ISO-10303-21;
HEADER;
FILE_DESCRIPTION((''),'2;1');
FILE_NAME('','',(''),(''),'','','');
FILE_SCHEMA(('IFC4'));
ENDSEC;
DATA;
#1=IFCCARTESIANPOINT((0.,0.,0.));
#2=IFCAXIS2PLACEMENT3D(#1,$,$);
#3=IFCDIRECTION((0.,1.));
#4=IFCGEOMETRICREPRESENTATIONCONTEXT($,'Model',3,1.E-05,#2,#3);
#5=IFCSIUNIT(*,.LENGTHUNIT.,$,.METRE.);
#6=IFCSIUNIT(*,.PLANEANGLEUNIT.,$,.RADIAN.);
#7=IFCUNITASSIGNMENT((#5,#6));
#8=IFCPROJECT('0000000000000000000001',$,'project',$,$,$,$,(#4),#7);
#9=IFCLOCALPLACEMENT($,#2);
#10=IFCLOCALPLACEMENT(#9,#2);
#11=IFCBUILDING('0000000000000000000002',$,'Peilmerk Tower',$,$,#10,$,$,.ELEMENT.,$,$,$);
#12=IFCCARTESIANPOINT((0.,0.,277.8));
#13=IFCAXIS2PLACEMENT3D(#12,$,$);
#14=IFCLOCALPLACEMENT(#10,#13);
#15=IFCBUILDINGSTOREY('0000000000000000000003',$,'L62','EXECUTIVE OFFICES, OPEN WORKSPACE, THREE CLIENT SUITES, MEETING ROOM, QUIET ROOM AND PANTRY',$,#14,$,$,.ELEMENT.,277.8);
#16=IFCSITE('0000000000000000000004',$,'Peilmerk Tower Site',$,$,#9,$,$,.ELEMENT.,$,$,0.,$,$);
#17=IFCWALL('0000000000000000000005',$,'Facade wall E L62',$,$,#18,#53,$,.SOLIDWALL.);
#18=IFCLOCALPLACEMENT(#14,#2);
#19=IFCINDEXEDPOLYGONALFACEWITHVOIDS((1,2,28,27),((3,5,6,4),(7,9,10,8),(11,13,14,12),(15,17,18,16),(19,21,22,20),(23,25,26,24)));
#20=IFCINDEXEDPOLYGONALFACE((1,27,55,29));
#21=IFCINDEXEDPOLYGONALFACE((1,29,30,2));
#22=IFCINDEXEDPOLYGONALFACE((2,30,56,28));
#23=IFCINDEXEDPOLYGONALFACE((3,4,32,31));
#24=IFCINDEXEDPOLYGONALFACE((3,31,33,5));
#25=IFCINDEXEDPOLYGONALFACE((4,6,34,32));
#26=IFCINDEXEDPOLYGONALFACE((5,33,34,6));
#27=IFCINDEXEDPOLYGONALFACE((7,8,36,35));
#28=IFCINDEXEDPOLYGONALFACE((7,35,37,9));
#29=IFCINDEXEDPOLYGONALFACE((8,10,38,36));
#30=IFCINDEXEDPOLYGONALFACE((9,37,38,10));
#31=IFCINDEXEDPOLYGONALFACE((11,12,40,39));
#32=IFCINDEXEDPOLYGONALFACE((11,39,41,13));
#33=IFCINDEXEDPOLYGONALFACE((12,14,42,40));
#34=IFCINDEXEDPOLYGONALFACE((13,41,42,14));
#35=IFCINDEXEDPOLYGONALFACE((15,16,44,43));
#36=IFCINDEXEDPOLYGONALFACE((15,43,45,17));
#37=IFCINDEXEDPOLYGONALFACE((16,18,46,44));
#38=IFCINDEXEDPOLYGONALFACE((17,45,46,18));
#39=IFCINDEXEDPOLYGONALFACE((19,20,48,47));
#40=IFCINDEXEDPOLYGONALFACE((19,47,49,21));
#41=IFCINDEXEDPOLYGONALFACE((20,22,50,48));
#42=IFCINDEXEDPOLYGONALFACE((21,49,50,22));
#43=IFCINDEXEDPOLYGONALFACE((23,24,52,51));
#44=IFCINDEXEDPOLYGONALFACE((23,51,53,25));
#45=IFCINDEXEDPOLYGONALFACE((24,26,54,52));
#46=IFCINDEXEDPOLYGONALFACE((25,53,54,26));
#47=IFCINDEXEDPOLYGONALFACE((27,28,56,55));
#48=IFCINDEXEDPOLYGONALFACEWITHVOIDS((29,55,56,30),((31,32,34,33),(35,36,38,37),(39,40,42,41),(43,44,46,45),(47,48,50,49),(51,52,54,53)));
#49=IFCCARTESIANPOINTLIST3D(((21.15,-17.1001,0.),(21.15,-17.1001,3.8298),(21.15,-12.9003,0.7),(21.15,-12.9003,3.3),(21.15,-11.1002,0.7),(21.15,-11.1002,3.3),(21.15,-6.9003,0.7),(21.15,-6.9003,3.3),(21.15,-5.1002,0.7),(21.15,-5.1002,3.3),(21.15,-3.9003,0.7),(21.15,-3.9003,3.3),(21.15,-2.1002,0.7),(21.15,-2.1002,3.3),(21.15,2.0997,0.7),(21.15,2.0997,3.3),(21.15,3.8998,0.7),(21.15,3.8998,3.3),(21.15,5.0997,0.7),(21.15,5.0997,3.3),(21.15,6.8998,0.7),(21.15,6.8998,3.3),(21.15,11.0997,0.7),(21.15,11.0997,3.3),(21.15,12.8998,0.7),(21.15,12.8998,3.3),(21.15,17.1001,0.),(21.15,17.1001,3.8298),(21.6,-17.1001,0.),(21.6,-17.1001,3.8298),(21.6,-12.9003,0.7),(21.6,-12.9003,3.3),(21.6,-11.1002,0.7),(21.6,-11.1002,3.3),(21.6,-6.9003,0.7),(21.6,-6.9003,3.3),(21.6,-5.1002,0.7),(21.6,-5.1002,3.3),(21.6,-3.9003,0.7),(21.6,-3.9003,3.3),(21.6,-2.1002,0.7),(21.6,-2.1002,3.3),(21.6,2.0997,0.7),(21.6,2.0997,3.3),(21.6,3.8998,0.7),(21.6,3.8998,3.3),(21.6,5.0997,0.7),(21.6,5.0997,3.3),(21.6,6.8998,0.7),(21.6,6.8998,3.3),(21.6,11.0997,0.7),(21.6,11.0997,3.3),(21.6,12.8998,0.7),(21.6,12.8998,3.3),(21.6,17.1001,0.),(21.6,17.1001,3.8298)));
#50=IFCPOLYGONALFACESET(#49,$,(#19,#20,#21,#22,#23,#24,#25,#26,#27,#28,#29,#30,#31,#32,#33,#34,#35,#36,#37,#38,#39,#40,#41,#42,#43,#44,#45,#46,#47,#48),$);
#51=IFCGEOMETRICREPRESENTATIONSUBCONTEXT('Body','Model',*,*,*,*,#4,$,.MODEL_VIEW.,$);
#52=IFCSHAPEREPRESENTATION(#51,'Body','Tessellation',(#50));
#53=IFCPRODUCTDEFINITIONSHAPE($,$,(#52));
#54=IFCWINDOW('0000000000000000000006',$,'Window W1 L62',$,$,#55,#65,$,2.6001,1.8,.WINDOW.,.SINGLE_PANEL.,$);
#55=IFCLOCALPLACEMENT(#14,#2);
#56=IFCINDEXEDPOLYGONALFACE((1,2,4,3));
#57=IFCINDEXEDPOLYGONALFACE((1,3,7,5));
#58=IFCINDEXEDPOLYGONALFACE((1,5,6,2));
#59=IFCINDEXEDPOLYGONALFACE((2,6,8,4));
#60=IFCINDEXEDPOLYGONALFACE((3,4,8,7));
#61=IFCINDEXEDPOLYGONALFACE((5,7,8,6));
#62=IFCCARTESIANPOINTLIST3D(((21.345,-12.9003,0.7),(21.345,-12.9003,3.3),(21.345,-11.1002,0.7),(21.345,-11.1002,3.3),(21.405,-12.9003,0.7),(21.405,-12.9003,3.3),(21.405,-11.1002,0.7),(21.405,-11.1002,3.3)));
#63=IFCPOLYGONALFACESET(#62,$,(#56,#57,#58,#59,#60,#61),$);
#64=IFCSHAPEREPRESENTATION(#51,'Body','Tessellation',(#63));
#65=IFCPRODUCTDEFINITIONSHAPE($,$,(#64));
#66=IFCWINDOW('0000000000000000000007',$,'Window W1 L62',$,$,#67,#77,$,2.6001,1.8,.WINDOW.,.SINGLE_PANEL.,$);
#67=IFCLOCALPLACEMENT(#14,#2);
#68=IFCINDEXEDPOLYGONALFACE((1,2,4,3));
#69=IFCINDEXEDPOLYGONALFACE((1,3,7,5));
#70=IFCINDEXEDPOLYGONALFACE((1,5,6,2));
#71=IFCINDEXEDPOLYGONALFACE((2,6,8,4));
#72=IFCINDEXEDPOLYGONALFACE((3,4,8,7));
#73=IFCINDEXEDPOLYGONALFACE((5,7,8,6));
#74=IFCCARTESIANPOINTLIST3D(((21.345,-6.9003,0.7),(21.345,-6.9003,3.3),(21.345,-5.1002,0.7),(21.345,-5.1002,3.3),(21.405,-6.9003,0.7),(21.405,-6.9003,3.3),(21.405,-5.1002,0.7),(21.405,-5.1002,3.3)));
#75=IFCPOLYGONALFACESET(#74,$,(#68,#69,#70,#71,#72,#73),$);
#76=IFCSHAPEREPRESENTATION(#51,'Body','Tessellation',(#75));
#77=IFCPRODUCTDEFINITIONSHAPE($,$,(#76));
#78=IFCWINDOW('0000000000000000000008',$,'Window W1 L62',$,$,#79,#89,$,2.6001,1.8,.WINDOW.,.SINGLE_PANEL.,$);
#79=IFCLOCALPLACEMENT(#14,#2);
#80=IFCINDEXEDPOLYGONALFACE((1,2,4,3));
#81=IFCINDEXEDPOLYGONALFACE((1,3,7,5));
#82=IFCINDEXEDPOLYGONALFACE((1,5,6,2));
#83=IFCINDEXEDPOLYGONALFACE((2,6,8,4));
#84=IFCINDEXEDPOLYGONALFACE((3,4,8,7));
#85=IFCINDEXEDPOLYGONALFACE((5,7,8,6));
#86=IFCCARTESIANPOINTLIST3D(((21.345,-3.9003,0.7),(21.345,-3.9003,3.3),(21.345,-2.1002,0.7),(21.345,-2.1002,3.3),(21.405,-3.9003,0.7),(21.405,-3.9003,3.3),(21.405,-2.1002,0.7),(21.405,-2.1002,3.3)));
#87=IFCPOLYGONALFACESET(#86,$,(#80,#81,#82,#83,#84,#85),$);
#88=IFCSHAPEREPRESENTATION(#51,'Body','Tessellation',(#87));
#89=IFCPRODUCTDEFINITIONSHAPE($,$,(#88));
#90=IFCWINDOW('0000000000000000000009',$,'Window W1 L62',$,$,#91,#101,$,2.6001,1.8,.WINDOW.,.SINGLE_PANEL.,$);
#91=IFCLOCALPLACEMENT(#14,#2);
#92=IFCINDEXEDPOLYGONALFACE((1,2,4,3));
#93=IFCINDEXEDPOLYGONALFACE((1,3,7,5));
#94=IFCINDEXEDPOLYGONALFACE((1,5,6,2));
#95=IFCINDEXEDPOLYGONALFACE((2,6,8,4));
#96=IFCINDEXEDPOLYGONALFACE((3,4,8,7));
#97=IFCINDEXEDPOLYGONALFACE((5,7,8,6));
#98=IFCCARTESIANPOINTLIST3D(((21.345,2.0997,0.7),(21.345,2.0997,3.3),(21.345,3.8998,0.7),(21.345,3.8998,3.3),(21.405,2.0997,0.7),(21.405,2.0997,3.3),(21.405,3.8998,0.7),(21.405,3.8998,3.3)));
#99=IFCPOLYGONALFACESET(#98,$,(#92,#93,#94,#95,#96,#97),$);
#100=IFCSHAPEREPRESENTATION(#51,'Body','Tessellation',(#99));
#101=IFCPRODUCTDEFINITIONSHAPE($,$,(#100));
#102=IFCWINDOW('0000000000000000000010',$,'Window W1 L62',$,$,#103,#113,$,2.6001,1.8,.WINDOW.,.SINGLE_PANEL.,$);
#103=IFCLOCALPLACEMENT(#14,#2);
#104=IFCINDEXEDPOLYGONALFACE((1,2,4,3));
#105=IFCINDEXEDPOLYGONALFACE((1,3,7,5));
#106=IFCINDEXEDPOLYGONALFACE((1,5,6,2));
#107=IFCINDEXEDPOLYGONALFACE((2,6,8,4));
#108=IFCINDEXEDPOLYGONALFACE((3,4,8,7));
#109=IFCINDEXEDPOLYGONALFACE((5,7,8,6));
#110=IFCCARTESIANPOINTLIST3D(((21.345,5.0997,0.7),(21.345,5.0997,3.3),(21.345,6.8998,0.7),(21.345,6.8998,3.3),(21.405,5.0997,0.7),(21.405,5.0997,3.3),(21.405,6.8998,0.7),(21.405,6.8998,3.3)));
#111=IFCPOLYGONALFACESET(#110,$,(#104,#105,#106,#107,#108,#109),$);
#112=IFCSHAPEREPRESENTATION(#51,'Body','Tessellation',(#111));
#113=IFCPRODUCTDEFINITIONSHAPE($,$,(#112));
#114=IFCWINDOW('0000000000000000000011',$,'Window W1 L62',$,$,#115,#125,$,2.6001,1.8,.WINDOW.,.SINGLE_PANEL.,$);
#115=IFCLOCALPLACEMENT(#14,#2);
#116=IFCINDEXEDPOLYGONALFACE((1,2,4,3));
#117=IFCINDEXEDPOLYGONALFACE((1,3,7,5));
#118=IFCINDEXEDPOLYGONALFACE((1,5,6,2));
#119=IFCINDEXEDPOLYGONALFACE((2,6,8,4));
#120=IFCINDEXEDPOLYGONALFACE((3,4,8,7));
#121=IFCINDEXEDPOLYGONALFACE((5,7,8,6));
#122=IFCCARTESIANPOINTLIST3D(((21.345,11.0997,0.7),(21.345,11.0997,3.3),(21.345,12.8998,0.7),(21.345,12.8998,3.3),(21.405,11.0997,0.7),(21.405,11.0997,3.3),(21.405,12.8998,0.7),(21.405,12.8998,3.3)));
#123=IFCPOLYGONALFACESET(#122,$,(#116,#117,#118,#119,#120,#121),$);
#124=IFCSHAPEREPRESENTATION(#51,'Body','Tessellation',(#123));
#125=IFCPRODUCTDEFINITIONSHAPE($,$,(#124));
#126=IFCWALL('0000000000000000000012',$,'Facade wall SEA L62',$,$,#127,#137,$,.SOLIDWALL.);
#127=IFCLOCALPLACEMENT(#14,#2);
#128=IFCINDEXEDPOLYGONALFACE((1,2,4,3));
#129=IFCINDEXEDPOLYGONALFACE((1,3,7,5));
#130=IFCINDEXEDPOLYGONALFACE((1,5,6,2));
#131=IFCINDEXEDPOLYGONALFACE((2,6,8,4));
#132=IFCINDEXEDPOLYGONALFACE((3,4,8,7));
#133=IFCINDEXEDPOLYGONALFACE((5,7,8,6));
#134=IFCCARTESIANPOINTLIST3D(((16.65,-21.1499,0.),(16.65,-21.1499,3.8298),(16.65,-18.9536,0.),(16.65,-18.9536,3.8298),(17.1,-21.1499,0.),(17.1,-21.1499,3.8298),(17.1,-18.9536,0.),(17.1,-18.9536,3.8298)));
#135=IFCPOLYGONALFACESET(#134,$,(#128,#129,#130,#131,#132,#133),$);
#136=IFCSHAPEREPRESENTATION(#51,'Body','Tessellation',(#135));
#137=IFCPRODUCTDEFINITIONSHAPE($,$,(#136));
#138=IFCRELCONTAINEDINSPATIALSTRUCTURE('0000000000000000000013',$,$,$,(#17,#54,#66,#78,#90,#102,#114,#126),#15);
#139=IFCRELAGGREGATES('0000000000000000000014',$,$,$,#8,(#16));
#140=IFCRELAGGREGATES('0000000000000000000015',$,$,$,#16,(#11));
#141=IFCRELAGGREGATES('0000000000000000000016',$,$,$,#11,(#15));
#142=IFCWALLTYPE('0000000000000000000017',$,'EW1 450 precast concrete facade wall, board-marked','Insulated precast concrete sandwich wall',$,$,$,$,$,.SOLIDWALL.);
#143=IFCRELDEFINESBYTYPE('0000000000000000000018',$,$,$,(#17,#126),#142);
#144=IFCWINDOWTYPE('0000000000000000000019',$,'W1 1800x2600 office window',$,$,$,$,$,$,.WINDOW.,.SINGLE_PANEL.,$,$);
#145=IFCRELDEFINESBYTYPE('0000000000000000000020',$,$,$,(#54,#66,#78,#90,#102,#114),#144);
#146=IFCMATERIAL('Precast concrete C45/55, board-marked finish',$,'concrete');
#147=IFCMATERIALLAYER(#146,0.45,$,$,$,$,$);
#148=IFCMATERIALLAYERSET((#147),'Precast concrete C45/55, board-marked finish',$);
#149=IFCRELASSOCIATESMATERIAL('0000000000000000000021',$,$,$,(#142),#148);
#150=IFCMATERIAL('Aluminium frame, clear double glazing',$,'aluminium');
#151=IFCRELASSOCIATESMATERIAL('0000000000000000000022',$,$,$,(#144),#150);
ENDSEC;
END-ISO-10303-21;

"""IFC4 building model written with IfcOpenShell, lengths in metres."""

from ifc_helpers import new_model, si_unit, direction, frame, frame_2d, origin, place, context, subcontext, project, spatial, rectangle, extrude, material, layer, layer_set, type_object, element, fill, save


model = new_model("IFC4")

# Units and contexts
model_context = context("Model", 3, precision=1e-05, world=origin(), true_north=direction((0.0, 1.0)))
body_context = subcontext(model_context, "Body", "Model", "MODEL_VIEW")
ifc_project = project(units=[si_unit("LENGTHUNIT", "METRE"), si_unit("PLANEANGLEUNIT", "RADIAN")], contexts=[model_context])

# Site, building, storey
site_placement = place(None, origin())
site = spatial("IfcSite", under=ifc_project, at=site_placement, Name="Peilmerk Tower Site", CompositionType="ELEMENT", RefElevation=0.0)
building_placement = place(site_placement, origin())
building = spatial("IfcBuilding", under=site, at=building_placement, Name="Peilmerk Tower", CompositionType="ELEMENT")
storey_placement = place(building_placement, frame((0.0, 0.0, 277.8)))
storey = spatial("IfcBuildingStorey", under=building, at=storey_placement, Name="L62", Description="EXECUTIVE OFFICES, OPEN WORKSPACE, THREE CLIENT SUITES, MEETING ROOM, QUIET ROOM AND PANTRY", CompositionType="ELEMENT", Elevation=277.8)

# Wall, openings, windows
ifc_material_1 = material(Name="Precast concrete C45/55, board-marked finish", Category="concrete")
ifc_layer_1 = layer(ifc_material_1, 0.45)
ifc_layer_set_1 = layer_set([ifc_layer_1], Name="Precast concrete C45/55, board-marked finish")
wall_type = type_object("IfcWallType", Name="EW1 450 precast concrete facade wall, board-marked", Description="Insulated precast concrete sandwich wall", PredefinedType="SOLIDWALL", material=ifc_layer_set_1)
wall_1_placement = place(storey_placement, frame((21.375, -17.1001, 0.0), z_axis=(0.0, 0.0, 1.0), x_axis=(0.0, 1.0, 0.0)))
wall_1 = element("IfcWall", 1, at=wall_1_placement, inside=storey, type_object=wall_type, Name="Facade wall E L62", PredefinedType="SOLIDWALL", context=body_context, shape_type="SweptSolid", body=[
    extrude(rectangle(XDim=34.2002, YDim=0.45, at=frame_2d((17.1001, 0.0))), origin(), (0.0, 0.0, 1.0), 3.8298),
])
opening_1_placement = place(wall_1_placement, frame((4.2, 0.0, 0.7)))
opening_1 = element("IfcOpeningElement", 2, at=opening_1_placement, cuts=wall_1, PredefinedType="OPENING", context=body_context, shape_type="SweptSolid", body=[
    extrude(rectangle(XDim=1.8, YDim=2.6001, at=frame_2d((0.8999, 1.3))), frame((0.0, 0.2349, 0.0), z_axis=(0.0, -1.0, 0.0), x_axis=(1.0, 0.0, 0.0)), (0.0, 0.0, 1.0), 0.47),
])
opening_2_placement = place(wall_1_placement, frame((10.2, 0.0, 0.7)))
opening_2 = element("IfcOpeningElement", 3, at=opening_2_placement, cuts=wall_1, PredefinedType="OPENING", context=body_context, shape_type="SweptSolid", body=[
    extrude(rectangle(XDim=1.8, YDim=2.6001, at=frame_2d((0.8999, 1.3))), frame((0.0, 0.2349, 0.0), z_axis=(0.0, -1.0, 0.0), x_axis=(1.0, 0.0, 0.0)), (0.0, 0.0, 1.0), 0.47),
])
opening_3_placement = place(wall_1_placement, frame((13.2, 0.0, 0.7)))
opening_3 = element("IfcOpeningElement", 4, at=opening_3_placement, cuts=wall_1, PredefinedType="OPENING", context=body_context, shape_type="SweptSolid", body=[
    extrude(rectangle(XDim=1.8, YDim=2.6001, at=frame_2d((0.8999, 1.3))), frame((0.0, 0.2349, 0.0), z_axis=(0.0, -1.0, 0.0), x_axis=(1.0, 0.0, 0.0)), (0.0, 0.0, 1.0), 0.47),
])
opening_4_placement = place(wall_1_placement, frame((19.2, 0.0, 0.7)))
opening_4 = element("IfcOpeningElement", 5, at=opening_4_placement, cuts=wall_1, PredefinedType="OPENING", context=body_context, shape_type="SweptSolid", body=[
    extrude(rectangle(XDim=1.8, YDim=2.6001, at=frame_2d((0.8999, 1.3))), frame((0.0, 0.2349, 0.0), z_axis=(0.0, -1.0, 0.0), x_axis=(1.0, 0.0, 0.0)), (0.0, 0.0, 1.0), 0.47),
])
opening_5_placement = place(wall_1_placement, frame((22.2, 0.0, 0.7)))
opening_5 = element("IfcOpeningElement", 6, at=opening_5_placement, cuts=wall_1, PredefinedType="OPENING", context=body_context, shape_type="SweptSolid", body=[
    extrude(rectangle(XDim=1.8, YDim=2.6001, at=frame_2d((0.8999, 1.3))), frame((0.0, 0.2349, 0.0), z_axis=(0.0, -1.0, 0.0), x_axis=(1.0, 0.0, 0.0)), (0.0, 0.0, 1.0), 0.47),
])
opening_6_placement = place(wall_1_placement, frame((28.2, 0.0, 0.7)))
opening_6 = element("IfcOpeningElement", 7, at=opening_6_placement, cuts=wall_1, PredefinedType="OPENING", context=body_context, shape_type="SweptSolid", body=[
    extrude(rectangle(XDim=1.8, YDim=2.6001, at=frame_2d((0.8999, 1.3))), frame((0.0, 0.2349, 0.0), z_axis=(0.0, -1.0, 0.0), x_axis=(1.0, 0.0, 0.0)), (0.0, 0.0, 1.0), 0.47),
])
ifc_material_2 = material(Name="Aluminium frame, clear double glazing", Category="aluminium")
window_type = type_object("IfcWindowType", Name="W1 1800x2600 office window", PartitioningType="SINGLE_PANEL", PredefinedType="WINDOW", material=ifc_material_2)
window_1_placement = place(opening_1_placement, origin())
window_1 = element("IfcWindow", 8, at=window_1_placement, inside=storey, type_object=window_type, Name="Window W1 L62", OverallHeight=2.6001, OverallWidth=1.8, PartitioningType="SINGLE_PANEL", PredefinedType="WINDOW", context=body_context, shape_type="SweptSolid", body=[
    extrude(rectangle(XDim=1.8, YDim=2.6001, at=frame_2d((0.8999, 1.3))), frame((0.0, 0.03, 0.0), z_axis=(0.0, -1.0, 0.0), x_axis=(1.0, 0.0, 0.0)), (0.0, 0.0, 1.0), 0.0601),
])
fill(opening_1, window_1)
window_2_placement = place(opening_2_placement, origin())
window_2 = element("IfcWindow", 9, at=window_2_placement, inside=storey, type_object=window_type, Name="Window W1 L62", OverallHeight=2.6001, OverallWidth=1.8, PartitioningType="SINGLE_PANEL", PredefinedType="WINDOW", context=body_context, shape_type="SweptSolid", body=[
    extrude(rectangle(XDim=1.8, YDim=2.6001, at=frame_2d((0.8999, 1.3))), frame((0.0, 0.03, 0.0), z_axis=(0.0, -1.0, 0.0), x_axis=(1.0, 0.0, 0.0)), (0.0, 0.0, 1.0), 0.0601),
])
fill(opening_2, window_2)
window_3_placement = place(opening_3_placement, origin())
window_3 = element("IfcWindow", 10, at=window_3_placement, inside=storey, type_object=window_type, Name="Window W1 L62", OverallHeight=2.6001, OverallWidth=1.8, PartitioningType="SINGLE_PANEL", PredefinedType="WINDOW", context=body_context, shape_type="SweptSolid", body=[
    extrude(rectangle(XDim=1.8, YDim=2.6001, at=frame_2d((0.8999, 1.3))), frame((0.0, 0.03, 0.0), z_axis=(0.0, -1.0, 0.0), x_axis=(1.0, 0.0, 0.0)), (0.0, 0.0, 1.0), 0.0601),
])
fill(opening_3, window_3)
window_4_placement = place(opening_4_placement, origin())
window_4 = element("IfcWindow", 11, at=window_4_placement, inside=storey, type_object=window_type, Name="Window W1 L62", OverallHeight=2.6001, OverallWidth=1.8, PartitioningType="SINGLE_PANEL", PredefinedType="WINDOW", context=body_context, shape_type="SweptSolid", body=[
    extrude(rectangle(XDim=1.8, YDim=2.6001, at=frame_2d((0.8999, 1.3))), frame((0.0, 0.03, 0.0), z_axis=(0.0, -1.0, 0.0), x_axis=(1.0, 0.0, 0.0)), (0.0, 0.0, 1.0), 0.0601),
])
fill(opening_4, window_4)
window_5_placement = place(opening_5_placement, origin())
window_5 = element("IfcWindow", 12, at=window_5_placement, inside=storey, type_object=window_type, Name="Window W1 L62", OverallHeight=2.6001, OverallWidth=1.8, PartitioningType="SINGLE_PANEL", PredefinedType="WINDOW", context=body_context, shape_type="SweptSolid", body=[
    extrude(rectangle(XDim=1.8, YDim=2.6001, at=frame_2d((0.8999, 1.3))), frame((0.0, 0.03, 0.0), z_axis=(0.0, -1.0, 0.0), x_axis=(1.0, 0.0, 0.0)), (0.0, 0.0, 1.0), 0.0601),
])
fill(opening_5, window_5)
window_6_placement = place(opening_6_placement, origin())
window_6 = element("IfcWindow", 13, at=window_6_placement, inside=storey, type_object=window_type, Name="Window W1 L62", OverallHeight=2.6001, OverallWidth=1.8, PartitioningType="SINGLE_PANEL", PredefinedType="WINDOW", context=body_context, shape_type="SweptSolid", body=[
    extrude(rectangle(XDim=1.8, YDim=2.6001, at=frame_2d((0.8999, 1.3))), frame((0.0, 0.03, 0.0), z_axis=(0.0, -1.0, 0.0), x_axis=(1.0, 0.0, 0.0)), (0.0, 0.0, 1.0), 0.0601),
])
fill(opening_6, window_6)

# Wall
wall_2_placement = place(storey_placement, frame((16.875, -18.9536, 0.0), z_axis=(0.0, 0.0, 1.0), x_axis=(0.0, -1.0, 0.0)))
element("IfcWall", 14, at=wall_2_placement, inside=storey, type_object=wall_type, Name="Facade wall SEA L62", PredefinedType="SOLIDWALL", context=body_context, shape_type="SweptSolid", body=[
    extrude(rectangle(XDim=2.1963, YDim=0.45, at=frame_2d((1.0981, 0.0))), origin(), (0.0, 0.0, 1.0), 3.8298),
])

save(model, "model.ifc")
